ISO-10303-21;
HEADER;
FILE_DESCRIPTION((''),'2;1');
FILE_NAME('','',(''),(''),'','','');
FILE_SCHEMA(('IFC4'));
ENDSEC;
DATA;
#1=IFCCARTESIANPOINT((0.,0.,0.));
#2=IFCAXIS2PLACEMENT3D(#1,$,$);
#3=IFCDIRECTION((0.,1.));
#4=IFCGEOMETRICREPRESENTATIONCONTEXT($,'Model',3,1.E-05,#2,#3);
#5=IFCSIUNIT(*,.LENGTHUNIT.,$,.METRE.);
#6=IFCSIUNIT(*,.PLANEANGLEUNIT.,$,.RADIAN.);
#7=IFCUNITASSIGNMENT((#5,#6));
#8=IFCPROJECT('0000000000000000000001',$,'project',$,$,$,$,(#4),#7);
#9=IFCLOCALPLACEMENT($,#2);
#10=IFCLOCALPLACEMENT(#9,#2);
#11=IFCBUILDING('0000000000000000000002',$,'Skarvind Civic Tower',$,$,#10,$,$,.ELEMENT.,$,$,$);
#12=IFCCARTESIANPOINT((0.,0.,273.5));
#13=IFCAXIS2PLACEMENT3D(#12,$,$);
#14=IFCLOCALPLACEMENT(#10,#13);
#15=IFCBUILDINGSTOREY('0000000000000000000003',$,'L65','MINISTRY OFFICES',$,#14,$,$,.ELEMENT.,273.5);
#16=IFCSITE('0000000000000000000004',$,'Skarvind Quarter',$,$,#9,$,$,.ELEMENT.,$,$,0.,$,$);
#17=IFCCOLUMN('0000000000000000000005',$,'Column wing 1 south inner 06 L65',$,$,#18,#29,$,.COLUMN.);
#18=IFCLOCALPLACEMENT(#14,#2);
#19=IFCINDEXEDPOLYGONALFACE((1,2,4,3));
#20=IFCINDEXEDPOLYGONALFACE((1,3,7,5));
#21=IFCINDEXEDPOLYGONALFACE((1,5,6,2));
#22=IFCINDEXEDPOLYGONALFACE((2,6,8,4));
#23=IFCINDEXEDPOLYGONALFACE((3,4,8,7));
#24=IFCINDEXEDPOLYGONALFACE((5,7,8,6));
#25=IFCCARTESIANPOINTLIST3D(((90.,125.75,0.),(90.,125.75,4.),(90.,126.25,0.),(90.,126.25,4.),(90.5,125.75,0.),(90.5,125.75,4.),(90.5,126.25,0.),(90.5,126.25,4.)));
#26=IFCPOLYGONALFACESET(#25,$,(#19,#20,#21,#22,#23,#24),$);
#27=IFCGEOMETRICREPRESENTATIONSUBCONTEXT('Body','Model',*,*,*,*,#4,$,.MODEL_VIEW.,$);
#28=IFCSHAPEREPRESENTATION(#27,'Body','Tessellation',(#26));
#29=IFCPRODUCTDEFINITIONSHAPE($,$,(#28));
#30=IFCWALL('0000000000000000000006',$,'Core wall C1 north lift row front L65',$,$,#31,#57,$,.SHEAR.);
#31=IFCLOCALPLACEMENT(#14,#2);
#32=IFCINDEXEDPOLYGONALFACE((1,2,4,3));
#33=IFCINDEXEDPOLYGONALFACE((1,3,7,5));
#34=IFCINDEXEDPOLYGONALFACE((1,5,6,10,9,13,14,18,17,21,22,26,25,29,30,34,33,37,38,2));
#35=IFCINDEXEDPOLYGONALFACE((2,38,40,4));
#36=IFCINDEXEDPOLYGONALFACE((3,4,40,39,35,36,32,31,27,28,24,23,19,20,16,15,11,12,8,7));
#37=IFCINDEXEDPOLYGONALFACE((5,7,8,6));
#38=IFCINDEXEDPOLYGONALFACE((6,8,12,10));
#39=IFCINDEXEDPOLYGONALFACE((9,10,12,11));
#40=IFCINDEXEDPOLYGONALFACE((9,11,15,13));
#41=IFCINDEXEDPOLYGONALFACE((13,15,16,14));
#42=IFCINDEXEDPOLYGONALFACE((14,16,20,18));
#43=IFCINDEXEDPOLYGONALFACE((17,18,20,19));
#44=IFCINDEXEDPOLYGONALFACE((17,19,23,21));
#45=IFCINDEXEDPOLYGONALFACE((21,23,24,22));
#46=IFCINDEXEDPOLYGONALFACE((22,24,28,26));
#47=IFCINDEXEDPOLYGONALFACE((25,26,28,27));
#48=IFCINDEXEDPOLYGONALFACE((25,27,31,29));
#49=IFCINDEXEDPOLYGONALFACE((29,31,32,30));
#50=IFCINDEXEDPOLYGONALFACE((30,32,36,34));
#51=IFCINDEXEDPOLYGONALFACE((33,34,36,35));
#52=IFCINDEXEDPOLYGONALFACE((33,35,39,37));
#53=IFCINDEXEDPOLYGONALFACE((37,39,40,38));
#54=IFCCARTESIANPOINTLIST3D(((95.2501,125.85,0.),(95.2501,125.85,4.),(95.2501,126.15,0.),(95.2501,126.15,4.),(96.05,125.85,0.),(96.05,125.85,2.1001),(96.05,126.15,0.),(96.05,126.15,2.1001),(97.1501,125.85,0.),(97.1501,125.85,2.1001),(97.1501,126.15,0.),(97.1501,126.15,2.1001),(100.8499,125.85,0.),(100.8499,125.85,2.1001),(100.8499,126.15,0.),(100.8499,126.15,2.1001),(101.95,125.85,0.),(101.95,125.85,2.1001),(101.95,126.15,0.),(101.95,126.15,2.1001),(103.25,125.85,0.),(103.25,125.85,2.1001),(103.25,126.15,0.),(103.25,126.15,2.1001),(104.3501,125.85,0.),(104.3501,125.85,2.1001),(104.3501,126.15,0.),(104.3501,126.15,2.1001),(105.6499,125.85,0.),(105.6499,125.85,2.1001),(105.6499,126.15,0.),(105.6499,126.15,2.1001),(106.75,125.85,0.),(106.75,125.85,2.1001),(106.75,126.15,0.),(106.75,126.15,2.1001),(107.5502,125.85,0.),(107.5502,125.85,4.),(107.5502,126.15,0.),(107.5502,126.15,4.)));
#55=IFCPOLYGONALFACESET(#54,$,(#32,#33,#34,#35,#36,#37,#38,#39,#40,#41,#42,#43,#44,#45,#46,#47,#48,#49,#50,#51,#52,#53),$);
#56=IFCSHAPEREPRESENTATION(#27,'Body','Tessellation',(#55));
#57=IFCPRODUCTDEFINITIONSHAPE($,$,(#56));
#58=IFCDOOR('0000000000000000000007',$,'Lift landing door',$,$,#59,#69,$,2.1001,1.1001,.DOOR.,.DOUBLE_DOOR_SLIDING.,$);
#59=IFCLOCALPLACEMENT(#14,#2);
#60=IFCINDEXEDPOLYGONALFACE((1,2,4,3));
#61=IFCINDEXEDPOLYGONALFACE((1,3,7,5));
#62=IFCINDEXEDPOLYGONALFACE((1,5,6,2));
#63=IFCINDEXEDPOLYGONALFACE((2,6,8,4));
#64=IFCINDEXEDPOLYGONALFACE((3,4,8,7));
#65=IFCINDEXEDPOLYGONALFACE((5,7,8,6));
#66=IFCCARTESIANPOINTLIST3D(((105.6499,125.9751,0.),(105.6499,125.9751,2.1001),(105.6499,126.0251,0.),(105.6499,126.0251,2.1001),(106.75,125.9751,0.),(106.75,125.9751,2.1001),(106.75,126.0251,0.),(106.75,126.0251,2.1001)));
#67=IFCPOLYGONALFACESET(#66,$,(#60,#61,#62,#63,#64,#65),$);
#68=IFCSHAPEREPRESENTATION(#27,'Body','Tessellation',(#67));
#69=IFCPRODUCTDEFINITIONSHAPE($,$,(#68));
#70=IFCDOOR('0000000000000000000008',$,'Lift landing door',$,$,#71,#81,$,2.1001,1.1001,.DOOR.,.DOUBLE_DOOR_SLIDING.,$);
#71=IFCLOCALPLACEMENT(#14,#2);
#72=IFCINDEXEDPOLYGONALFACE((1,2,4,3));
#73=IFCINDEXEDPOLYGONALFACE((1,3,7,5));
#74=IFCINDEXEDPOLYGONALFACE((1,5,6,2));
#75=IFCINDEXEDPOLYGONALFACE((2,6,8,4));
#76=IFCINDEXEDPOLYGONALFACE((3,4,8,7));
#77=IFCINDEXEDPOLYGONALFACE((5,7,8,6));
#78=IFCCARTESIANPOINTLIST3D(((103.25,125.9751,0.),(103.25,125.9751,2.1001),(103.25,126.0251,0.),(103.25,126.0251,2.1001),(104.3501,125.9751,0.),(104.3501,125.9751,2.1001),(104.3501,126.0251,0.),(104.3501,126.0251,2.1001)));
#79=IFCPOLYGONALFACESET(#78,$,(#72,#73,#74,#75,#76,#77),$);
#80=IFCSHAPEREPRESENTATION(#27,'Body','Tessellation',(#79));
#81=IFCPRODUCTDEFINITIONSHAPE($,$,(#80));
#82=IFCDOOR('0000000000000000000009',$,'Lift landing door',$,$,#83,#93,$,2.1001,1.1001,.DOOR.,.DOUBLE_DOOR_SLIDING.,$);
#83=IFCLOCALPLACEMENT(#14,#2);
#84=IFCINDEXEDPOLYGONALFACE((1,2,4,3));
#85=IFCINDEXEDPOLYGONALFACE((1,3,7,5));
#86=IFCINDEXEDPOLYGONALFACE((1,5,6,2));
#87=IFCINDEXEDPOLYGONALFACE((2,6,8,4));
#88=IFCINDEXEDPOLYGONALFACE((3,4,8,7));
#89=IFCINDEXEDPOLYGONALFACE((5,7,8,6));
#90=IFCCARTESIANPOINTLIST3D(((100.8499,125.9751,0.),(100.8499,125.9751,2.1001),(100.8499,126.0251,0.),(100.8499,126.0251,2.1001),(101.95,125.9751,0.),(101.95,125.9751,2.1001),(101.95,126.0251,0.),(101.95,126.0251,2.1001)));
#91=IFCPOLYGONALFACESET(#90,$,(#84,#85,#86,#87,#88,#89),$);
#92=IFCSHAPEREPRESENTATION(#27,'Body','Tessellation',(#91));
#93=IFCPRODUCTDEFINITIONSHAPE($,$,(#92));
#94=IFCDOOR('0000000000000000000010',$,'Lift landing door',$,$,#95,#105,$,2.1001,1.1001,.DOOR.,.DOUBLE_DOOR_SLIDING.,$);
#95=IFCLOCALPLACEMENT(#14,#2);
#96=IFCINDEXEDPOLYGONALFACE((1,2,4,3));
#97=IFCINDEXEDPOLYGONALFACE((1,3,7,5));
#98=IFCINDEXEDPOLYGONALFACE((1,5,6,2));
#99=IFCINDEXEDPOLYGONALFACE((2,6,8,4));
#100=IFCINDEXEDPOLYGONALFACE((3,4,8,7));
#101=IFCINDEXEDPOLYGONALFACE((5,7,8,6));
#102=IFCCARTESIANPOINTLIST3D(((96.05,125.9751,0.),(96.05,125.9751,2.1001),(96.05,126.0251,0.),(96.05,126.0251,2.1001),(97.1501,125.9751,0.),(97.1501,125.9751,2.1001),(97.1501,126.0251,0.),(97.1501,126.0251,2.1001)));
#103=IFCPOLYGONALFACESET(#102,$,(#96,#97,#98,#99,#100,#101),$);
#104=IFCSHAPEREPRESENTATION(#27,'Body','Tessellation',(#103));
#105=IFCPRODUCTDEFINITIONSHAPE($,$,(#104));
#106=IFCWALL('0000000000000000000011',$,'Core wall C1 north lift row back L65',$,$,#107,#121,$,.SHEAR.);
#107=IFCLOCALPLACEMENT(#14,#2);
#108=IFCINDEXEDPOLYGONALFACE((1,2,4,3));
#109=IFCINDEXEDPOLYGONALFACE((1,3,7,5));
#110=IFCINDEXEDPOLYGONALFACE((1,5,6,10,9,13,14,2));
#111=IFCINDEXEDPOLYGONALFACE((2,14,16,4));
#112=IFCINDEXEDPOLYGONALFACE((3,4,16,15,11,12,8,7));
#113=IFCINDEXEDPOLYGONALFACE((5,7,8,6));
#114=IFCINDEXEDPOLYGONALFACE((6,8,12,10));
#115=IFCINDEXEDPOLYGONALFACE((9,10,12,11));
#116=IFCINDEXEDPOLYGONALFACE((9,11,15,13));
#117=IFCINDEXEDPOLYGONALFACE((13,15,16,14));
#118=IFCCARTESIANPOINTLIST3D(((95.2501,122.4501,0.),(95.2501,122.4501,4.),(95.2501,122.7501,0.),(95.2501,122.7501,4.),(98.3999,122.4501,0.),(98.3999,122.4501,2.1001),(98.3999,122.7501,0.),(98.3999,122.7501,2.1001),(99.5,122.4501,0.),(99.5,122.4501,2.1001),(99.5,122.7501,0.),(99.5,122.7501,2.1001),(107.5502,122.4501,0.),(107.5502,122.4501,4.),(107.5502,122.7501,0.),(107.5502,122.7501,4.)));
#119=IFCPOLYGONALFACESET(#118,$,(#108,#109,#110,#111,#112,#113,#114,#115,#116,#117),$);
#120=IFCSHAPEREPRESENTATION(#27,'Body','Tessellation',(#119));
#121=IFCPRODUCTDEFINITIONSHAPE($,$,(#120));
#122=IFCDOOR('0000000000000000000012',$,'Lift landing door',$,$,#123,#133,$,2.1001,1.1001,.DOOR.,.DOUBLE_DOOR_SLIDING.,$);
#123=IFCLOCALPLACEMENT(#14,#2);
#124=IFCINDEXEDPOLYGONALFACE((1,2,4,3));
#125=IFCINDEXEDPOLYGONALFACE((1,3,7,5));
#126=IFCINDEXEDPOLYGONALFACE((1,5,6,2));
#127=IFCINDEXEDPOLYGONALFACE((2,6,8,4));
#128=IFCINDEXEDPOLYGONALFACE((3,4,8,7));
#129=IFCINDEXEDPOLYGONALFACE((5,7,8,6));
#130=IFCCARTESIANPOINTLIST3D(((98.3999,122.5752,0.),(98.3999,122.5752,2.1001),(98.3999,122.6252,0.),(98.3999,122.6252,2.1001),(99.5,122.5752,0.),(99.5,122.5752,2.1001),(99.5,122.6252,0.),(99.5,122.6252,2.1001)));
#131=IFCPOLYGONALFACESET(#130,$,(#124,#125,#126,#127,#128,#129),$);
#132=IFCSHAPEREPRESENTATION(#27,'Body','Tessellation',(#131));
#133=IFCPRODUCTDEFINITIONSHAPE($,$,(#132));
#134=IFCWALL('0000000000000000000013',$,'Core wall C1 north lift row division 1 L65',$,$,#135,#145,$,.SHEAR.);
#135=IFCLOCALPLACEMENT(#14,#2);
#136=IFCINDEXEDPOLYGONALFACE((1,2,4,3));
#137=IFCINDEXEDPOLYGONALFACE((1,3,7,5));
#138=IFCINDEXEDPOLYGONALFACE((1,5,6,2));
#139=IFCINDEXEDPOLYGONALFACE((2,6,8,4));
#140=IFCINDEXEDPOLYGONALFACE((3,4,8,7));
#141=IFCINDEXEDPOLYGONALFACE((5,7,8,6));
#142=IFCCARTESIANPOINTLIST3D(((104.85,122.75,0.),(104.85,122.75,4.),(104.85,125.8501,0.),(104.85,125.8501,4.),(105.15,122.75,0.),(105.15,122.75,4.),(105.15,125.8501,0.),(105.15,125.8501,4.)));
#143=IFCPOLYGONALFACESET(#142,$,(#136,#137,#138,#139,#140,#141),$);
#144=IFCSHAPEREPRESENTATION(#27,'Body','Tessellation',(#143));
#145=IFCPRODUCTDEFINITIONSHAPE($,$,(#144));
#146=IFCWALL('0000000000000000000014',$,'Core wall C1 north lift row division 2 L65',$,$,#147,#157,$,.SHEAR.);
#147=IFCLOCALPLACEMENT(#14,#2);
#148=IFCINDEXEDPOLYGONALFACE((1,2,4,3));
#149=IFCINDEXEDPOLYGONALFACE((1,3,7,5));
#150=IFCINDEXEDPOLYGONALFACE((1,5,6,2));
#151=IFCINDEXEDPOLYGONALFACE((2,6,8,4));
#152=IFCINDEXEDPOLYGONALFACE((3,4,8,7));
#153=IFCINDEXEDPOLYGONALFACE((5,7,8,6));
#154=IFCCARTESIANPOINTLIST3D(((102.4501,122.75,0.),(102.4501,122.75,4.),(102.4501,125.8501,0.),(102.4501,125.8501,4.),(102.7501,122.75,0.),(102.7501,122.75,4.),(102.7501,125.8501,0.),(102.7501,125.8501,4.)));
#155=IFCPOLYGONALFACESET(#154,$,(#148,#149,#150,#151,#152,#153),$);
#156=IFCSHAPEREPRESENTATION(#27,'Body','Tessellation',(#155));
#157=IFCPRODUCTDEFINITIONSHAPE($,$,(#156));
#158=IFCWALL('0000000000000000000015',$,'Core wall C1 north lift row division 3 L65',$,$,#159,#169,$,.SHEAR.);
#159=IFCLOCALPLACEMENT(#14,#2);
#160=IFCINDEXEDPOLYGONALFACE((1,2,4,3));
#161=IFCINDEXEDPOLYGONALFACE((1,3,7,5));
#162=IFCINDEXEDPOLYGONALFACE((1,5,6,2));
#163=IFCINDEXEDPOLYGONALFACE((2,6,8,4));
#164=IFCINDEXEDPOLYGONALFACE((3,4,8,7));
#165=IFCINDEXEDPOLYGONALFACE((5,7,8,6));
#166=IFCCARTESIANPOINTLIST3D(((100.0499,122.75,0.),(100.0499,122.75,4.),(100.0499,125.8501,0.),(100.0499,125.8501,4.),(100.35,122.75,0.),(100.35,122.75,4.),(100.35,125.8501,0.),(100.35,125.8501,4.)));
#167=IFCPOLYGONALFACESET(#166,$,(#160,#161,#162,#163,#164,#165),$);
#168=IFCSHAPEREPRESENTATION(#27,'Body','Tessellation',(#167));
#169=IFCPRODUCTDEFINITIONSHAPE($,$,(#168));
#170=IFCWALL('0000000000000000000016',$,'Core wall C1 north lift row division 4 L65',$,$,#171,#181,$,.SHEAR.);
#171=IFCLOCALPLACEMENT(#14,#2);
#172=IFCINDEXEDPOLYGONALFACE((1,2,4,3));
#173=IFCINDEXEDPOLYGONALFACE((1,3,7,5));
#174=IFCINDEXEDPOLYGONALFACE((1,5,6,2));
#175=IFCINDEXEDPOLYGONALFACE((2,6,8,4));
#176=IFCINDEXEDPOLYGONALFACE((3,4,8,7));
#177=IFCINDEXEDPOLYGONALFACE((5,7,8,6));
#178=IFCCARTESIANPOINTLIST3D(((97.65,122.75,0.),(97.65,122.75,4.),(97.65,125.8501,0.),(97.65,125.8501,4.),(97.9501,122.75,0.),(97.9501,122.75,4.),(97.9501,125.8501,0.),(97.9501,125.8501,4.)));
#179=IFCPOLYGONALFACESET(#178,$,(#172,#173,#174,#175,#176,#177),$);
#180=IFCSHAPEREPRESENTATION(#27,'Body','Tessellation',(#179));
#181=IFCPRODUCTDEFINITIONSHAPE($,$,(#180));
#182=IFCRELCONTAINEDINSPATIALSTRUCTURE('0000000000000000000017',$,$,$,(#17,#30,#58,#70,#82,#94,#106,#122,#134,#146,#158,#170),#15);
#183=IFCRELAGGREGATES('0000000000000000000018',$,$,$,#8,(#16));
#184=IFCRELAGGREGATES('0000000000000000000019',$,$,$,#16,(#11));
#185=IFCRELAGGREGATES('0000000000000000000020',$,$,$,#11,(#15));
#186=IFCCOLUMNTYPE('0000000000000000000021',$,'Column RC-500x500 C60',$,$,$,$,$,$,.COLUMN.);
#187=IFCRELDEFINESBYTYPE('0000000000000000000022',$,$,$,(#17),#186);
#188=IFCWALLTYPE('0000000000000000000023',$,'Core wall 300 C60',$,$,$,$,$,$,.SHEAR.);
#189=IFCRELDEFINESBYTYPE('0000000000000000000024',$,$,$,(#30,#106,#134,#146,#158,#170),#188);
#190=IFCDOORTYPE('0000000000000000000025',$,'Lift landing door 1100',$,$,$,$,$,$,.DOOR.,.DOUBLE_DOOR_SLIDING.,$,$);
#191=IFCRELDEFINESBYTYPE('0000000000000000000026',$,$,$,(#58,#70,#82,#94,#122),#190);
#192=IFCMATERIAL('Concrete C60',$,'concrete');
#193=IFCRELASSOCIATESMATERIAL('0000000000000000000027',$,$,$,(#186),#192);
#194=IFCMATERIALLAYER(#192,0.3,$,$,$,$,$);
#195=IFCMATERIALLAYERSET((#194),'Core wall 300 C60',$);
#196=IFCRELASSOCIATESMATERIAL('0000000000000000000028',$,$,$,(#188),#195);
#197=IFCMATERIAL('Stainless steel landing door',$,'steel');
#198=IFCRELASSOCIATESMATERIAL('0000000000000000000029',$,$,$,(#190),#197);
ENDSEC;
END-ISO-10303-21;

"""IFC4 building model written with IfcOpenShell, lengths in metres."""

from ifc_helpers import new_model, si_unit, direction, frame, frame_2d, origin, origin_2d, place, context, subcontext, project, spatial, rectangle, extrude, material, layer, layer_set, material_profile, profile_set, type_object, element, fill, save


model = new_model("IFC4")

# Units and contexts
model_context = context("Model", 3, precision=1e-05, world=origin(), true_north=direction((0.0, 1.0)))
body_context = subcontext(model_context, "Body", "Model", "MODEL_VIEW")
ifc_project = project(units=[si_unit("LENGTHUNIT", "METRE"), si_unit("PLANEANGLEUNIT", "RADIAN")], contexts=[model_context])

# Site, building, storey
site_placement = place(None, origin())
site = spatial("IfcSite", under=ifc_project, at=site_placement, Name="Skarvind Quarter", CompositionType="ELEMENT", RefElevation=0.0)
building_placement = place(site_placement, origin())
building = spatial("IfcBuilding", under=site, at=building_placement, Name="Skarvind Civic Tower", CompositionType="ELEMENT")
storey_placement = place(building_placement, frame((0.0, 0.0, 273.5)))
storey = spatial("IfcBuildingStorey", under=building, at=storey_placement, Name="L65", Description="MINISTRY OFFICES", CompositionType="ELEMENT", Elevation=273.5)

# Column
ifc_material_1 = material(Name="Concrete C60", Category="concrete")
ifc_material_profile = material_profile(ifc_material_1, rectangle(XDim=0.5, YDim=0.5, at=origin_2d()), Name="RC-500x500")
ifc_profile_set = profile_set([ifc_material_profile], Name="Concrete C60")
column_type = type_object("IfcColumnType", Name="Column RC-500x500 C60", PredefinedType="COLUMN", material=ifc_profile_set)
column_placement = place(storey_placement, frame((90.25, 126.0, 0.0), z_axis=(0.0, 0.0, 1.0), x_axis=(1.0, 0.0, 0.0)))
element("IfcColumn", 1, at=column_placement, inside=storey, type_object=column_type, Name="Column wing 1 south inner 06 L65", PredefinedType="COLUMN", context=body_context, shape_type="SweptSolid", body=[
    extrude(rectangle(XDim=0.5, YDim=0.5, at=origin_2d()), origin(), (0.0, 0.0, 1.0), 4.0),
])

# Wall, openings, doors
ifc_layer_1 = layer(ifc_material_1, 0.3)
ifc_layer_set_1 = layer_set([ifc_layer_1], Name="Core wall 300 C60")
wall_type_1 = type_object("IfcWallType", Name="Core wall 300 C60", PredefinedType="SHEAR", material=ifc_layer_set_1)
wall_1_placement = place(storey_placement, frame((107.55, 126.0, 0.0), z_axis=(0.0, 0.0, 1.0), x_axis=(-1.0, 0.0, 0.0)))
wall_1 = element("IfcWall", 2, at=wall_1_placement, inside=storey, type_object=wall_type_1, Name="Core wall C1 north lift row front L65", PredefinedType="SHEAR", context=body_context, shape_type="SweptSolid", body=[
    extrude(rectangle(XDim=12.3, YDim=0.3, at=frame_2d((6.1499, 0.0))), origin(), (0.0, 0.0, 1.0), 4.0),
])
opening_1_placement = place(wall_1_placement, frame((0.8, 0.0, 0.0)))
opening_1 = element("IfcOpeningElement", 3, at=opening_1_placement, cuts=wall_1, PredefinedType="OPENING", context=body_context, shape_type="SweptSolid", body=[
    extrude(rectangle(XDim=1.1001, YDim=2.1001, at=frame_2d((0.55, 1.05))), frame((0.0, 0.1599, 0.0), z_axis=(0.0, -1.0, 0.0), x_axis=(1.0, 0.0, 0.0)), (0.0, 0.0, 1.0), 0.3201),
])
opening_2_placement = place(wall_1_placement, frame((3.2, 0.0, 0.0)))
opening_2 = element("IfcOpeningElement", 4, at=opening_2_placement, cuts=wall_1, PredefinedType="OPENING", context=body_context, shape_type="SweptSolid", body=[
    extrude(rectangle(XDim=1.1001, YDim=2.1001, at=frame_2d((0.55, 1.05))), frame((0.0, 0.1599, 0.0), z_axis=(0.0, -1.0, 0.0), x_axis=(1.0, 0.0, 0.0)), (0.0, 0.0, 1.0), 0.3201),
])
opening_3_placement = place(wall_1_placement, frame((5.6001, 0.0, 0.0)))
opening_3 = element("IfcOpeningElement", 5, at=opening_3_placement, cuts=wall_1, PredefinedType="OPENING", context=body_context, shape_type="SweptSolid", body=[
    extrude(rectangle(XDim=1.1001, YDim=2.1001, at=frame_2d((0.55, 1.05))), frame((0.0, 0.1599, 0.0), z_axis=(0.0, -1.0, 0.0), x_axis=(1.0, 0.0, 0.0)), (0.0, 0.0, 1.0), 0.3201),
])
opening_4_placement = place(wall_1_placement, frame((10.3999, 0.0, 0.0)))
opening_4 = element("IfcOpeningElement", 6, at=opening_4_placement, cuts=wall_1, PredefinedType="OPENING", context=body_context, shape_type="SweptSolid", body=[
    extrude(rectangle(XDim=1.1001, YDim=2.1001, at=frame_2d((0.55, 1.05))), frame((0.0, 0.1599, 0.0), z_axis=(0.0, -1.0, 0.0), x_axis=(1.0, 0.0, 0.0)), (0.0, 0.0, 1.0), 0.3201),
])
ifc_material_2 = material(Name="Stainless steel landing door", Category="steel")
door_type_1 = type_object("IfcDoorType", Name="Lift landing door 1100", OperationType="DOUBLE_DOOR_SLIDING", PredefinedType="DOOR", material=ifc_material_2)
door_1_placement = place(opening_1_placement, origin())
door_1 = element("IfcDoor", 7, at=door_1_placement, inside=storey, type_object=door_type_1, Name="Lift landing door", OperationType="DOUBLE_DOOR_SLIDING", OverallHeight=2.1001, OverallWidth=1.1001, PredefinedType="DOOR", context=body_context, shape_type="SweptSolid", body=[
    extrude(rectangle(XDim=1.1001, YDim=2.1001, at=frame_2d((0.55, 1.05))), frame((0.0, 0.0249, 0.0), z_axis=(0.0, -1.0, 0.0), x_axis=(1.0, 0.0, 0.0)), (0.0, 0.0, 1.0), 0.05),
])
fill(opening_1, door_1)
door_2_placement = place(opening_2_placement, origin())
door_2 = element("IfcDoor", 8, at=door_2_placement, inside=storey, type_object=door_type_1, Name="Lift landing door", OperationType="DOUBLE_DOOR_SLIDING", OverallHeight=2.1001, OverallWidth=1.1001, PredefinedType="DOOR", context=body_context, shape_type="SweptSolid", body=[
    extrude(rectangle(XDim=1.1001, YDim=2.1001, at=frame_2d((0.55, 1.05))), frame((0.0, 0.0249, 0.0), z_axis=(0.0, -1.0, 0.0), x_axis=(1.0, 0.0, 0.0)), (0.0, 0.0, 1.0), 0.05),
])
fill(opening_2, door_2)
door_3_placement = place(opening_3_placement, origin())
door_3 = element("IfcDoor", 9, at=door_3_placement, inside=storey, type_object=door_type_1, Name="Lift landing door", OperationType="DOUBLE_DOOR_SLIDING", OverallHeight=2.1001, OverallWidth=1.1001, PredefinedType="DOOR", context=body_context, shape_type="SweptSolid", body=[
    extrude(rectangle(XDim=1.1001, YDim=2.1001, at=frame_2d((0.55, 1.05))), frame((0.0, 0.0249, 0.0), z_axis=(0.0, -1.0, 0.0), x_axis=(1.0, 0.0, 0.0)), (0.0, 0.0, 1.0), 0.05),
])
fill(opening_3, door_3)
door_4_placement = place(opening_4_placement, origin())
door_4 = element("IfcDoor", 10, at=door_4_placement, inside=storey, type_object=door_type_1, Name="Lift landing door", OperationType="DOUBLE_DOOR_SLIDING", OverallHeight=2.1001, OverallWidth=1.1001, PredefinedType="DOOR", context=body_context, shape_type="SweptSolid", body=[
    extrude(rectangle(XDim=1.1001, YDim=2.1001, at=frame_2d((0.55, 1.05))), frame((0.0, 0.0249, 0.0), z_axis=(0.0, -1.0, 0.0), x_axis=(1.0, 0.0, 0.0)), (0.0, 0.0, 1.0), 0.05),
])
fill(opening_4, door_4)

# Wall, opening, door
wall_2_placement = place(storey_placement, frame((107.55, 122.6001, 0.0), z_axis=(0.0, 0.0, 1.0), x_axis=(-1.0, 0.0, 0.0)))
wall_2 = element("IfcWall", 11, at=wall_2_placement, inside=storey, type_object=wall_type_1, Name="Core wall C1 north lift row back L65", PredefinedType="SHEAR", context=body_context, shape_type="SweptSolid", body=[
    extrude(rectangle(XDim=12.3, YDim=0.3, at=frame_2d((6.1499, 0.0))), origin(), (0.0, 0.0, 1.0), 4.0),
])
opening_5_placement = place(wall_2_placement, frame((8.05, 0.0, 0.0)))
opening_5 = element("IfcOpeningElement", 12, at=opening_5_placement, cuts=wall_2, PredefinedType="OPENING", context=body_context, shape_type="SweptSolid", body=[
    extrude(rectangle(XDim=1.1001, YDim=2.1001, at=frame_2d((0.55, 1.05))), frame((0.0, 0.1599, 0.0), z_axis=(0.0, -1.0, 0.0), x_axis=(1.0, 0.0, 0.0)), (0.0, 0.0, 1.0), 0.3201),
])
door_5_placement = place(opening_5_placement, origin())
door_5 = element("IfcDoor", 13, at=door_5_placement, inside=storey, type_object=door_type_1, Name="Lift landing door", OperationType="DOUBLE_DOOR_SLIDING", OverallHeight=2.1001, OverallWidth=1.1001, PredefinedType="DOOR", context=body_context, shape_type="SweptSolid", body=[
    extrude(rectangle(XDim=1.1001, YDim=2.1001, at=frame_2d((0.55, 1.05))), frame((0.0, 0.0249, 0.0), z_axis=(0.0, -1.0, 0.0), x_axis=(1.0, 0.0, 0.0)), (0.0, 0.0, 1.0), 0.05),
])
fill(opening_5, door_5)

# Walls
for number, where, z_axis, x_axis, name in (
    (14, (105.0, 125.8501, 0.0), (0.0, 0.0, 1.0), (0.0, -1.0, 0.0), "Core wall C1 north lift row division 1 L65"),
    (15, (102.6001, 125.8501, 0.0), (0.0, 0.0, 1.0), (0.0, -1.0, 0.0), "Core wall C1 north lift row division 2 L65"),
    (16, (100.2, 125.8501, 0.0), (0.0, 0.0, 1.0), (0.0, -1.0, 0.0), "Core wall C1 north lift row division 3 L65"),
    (17, (97.8, 125.8501, 0.0), (0.0, 0.0, 1.0), (0.0, -1.0, 0.0), "Core wall C1 north lift row division 4 L65"),
):
    element("IfcWall", number, at=place(storey_placement, frame(where, z_axis=z_axis, x_axis=x_axis)), inside=storey, type_object=wall_type_1, Name=name, PredefinedType="SHEAR", context=body_context, shape_type="SweptSolid", body=[
        extrude(rectangle(XDim=3.1001, YDim=0.3, at=frame_2d((1.55, 0.0))), origin(), (0.0, 0.0, 1.0), 4.0),
    ])

save(model, "model.ifc")
